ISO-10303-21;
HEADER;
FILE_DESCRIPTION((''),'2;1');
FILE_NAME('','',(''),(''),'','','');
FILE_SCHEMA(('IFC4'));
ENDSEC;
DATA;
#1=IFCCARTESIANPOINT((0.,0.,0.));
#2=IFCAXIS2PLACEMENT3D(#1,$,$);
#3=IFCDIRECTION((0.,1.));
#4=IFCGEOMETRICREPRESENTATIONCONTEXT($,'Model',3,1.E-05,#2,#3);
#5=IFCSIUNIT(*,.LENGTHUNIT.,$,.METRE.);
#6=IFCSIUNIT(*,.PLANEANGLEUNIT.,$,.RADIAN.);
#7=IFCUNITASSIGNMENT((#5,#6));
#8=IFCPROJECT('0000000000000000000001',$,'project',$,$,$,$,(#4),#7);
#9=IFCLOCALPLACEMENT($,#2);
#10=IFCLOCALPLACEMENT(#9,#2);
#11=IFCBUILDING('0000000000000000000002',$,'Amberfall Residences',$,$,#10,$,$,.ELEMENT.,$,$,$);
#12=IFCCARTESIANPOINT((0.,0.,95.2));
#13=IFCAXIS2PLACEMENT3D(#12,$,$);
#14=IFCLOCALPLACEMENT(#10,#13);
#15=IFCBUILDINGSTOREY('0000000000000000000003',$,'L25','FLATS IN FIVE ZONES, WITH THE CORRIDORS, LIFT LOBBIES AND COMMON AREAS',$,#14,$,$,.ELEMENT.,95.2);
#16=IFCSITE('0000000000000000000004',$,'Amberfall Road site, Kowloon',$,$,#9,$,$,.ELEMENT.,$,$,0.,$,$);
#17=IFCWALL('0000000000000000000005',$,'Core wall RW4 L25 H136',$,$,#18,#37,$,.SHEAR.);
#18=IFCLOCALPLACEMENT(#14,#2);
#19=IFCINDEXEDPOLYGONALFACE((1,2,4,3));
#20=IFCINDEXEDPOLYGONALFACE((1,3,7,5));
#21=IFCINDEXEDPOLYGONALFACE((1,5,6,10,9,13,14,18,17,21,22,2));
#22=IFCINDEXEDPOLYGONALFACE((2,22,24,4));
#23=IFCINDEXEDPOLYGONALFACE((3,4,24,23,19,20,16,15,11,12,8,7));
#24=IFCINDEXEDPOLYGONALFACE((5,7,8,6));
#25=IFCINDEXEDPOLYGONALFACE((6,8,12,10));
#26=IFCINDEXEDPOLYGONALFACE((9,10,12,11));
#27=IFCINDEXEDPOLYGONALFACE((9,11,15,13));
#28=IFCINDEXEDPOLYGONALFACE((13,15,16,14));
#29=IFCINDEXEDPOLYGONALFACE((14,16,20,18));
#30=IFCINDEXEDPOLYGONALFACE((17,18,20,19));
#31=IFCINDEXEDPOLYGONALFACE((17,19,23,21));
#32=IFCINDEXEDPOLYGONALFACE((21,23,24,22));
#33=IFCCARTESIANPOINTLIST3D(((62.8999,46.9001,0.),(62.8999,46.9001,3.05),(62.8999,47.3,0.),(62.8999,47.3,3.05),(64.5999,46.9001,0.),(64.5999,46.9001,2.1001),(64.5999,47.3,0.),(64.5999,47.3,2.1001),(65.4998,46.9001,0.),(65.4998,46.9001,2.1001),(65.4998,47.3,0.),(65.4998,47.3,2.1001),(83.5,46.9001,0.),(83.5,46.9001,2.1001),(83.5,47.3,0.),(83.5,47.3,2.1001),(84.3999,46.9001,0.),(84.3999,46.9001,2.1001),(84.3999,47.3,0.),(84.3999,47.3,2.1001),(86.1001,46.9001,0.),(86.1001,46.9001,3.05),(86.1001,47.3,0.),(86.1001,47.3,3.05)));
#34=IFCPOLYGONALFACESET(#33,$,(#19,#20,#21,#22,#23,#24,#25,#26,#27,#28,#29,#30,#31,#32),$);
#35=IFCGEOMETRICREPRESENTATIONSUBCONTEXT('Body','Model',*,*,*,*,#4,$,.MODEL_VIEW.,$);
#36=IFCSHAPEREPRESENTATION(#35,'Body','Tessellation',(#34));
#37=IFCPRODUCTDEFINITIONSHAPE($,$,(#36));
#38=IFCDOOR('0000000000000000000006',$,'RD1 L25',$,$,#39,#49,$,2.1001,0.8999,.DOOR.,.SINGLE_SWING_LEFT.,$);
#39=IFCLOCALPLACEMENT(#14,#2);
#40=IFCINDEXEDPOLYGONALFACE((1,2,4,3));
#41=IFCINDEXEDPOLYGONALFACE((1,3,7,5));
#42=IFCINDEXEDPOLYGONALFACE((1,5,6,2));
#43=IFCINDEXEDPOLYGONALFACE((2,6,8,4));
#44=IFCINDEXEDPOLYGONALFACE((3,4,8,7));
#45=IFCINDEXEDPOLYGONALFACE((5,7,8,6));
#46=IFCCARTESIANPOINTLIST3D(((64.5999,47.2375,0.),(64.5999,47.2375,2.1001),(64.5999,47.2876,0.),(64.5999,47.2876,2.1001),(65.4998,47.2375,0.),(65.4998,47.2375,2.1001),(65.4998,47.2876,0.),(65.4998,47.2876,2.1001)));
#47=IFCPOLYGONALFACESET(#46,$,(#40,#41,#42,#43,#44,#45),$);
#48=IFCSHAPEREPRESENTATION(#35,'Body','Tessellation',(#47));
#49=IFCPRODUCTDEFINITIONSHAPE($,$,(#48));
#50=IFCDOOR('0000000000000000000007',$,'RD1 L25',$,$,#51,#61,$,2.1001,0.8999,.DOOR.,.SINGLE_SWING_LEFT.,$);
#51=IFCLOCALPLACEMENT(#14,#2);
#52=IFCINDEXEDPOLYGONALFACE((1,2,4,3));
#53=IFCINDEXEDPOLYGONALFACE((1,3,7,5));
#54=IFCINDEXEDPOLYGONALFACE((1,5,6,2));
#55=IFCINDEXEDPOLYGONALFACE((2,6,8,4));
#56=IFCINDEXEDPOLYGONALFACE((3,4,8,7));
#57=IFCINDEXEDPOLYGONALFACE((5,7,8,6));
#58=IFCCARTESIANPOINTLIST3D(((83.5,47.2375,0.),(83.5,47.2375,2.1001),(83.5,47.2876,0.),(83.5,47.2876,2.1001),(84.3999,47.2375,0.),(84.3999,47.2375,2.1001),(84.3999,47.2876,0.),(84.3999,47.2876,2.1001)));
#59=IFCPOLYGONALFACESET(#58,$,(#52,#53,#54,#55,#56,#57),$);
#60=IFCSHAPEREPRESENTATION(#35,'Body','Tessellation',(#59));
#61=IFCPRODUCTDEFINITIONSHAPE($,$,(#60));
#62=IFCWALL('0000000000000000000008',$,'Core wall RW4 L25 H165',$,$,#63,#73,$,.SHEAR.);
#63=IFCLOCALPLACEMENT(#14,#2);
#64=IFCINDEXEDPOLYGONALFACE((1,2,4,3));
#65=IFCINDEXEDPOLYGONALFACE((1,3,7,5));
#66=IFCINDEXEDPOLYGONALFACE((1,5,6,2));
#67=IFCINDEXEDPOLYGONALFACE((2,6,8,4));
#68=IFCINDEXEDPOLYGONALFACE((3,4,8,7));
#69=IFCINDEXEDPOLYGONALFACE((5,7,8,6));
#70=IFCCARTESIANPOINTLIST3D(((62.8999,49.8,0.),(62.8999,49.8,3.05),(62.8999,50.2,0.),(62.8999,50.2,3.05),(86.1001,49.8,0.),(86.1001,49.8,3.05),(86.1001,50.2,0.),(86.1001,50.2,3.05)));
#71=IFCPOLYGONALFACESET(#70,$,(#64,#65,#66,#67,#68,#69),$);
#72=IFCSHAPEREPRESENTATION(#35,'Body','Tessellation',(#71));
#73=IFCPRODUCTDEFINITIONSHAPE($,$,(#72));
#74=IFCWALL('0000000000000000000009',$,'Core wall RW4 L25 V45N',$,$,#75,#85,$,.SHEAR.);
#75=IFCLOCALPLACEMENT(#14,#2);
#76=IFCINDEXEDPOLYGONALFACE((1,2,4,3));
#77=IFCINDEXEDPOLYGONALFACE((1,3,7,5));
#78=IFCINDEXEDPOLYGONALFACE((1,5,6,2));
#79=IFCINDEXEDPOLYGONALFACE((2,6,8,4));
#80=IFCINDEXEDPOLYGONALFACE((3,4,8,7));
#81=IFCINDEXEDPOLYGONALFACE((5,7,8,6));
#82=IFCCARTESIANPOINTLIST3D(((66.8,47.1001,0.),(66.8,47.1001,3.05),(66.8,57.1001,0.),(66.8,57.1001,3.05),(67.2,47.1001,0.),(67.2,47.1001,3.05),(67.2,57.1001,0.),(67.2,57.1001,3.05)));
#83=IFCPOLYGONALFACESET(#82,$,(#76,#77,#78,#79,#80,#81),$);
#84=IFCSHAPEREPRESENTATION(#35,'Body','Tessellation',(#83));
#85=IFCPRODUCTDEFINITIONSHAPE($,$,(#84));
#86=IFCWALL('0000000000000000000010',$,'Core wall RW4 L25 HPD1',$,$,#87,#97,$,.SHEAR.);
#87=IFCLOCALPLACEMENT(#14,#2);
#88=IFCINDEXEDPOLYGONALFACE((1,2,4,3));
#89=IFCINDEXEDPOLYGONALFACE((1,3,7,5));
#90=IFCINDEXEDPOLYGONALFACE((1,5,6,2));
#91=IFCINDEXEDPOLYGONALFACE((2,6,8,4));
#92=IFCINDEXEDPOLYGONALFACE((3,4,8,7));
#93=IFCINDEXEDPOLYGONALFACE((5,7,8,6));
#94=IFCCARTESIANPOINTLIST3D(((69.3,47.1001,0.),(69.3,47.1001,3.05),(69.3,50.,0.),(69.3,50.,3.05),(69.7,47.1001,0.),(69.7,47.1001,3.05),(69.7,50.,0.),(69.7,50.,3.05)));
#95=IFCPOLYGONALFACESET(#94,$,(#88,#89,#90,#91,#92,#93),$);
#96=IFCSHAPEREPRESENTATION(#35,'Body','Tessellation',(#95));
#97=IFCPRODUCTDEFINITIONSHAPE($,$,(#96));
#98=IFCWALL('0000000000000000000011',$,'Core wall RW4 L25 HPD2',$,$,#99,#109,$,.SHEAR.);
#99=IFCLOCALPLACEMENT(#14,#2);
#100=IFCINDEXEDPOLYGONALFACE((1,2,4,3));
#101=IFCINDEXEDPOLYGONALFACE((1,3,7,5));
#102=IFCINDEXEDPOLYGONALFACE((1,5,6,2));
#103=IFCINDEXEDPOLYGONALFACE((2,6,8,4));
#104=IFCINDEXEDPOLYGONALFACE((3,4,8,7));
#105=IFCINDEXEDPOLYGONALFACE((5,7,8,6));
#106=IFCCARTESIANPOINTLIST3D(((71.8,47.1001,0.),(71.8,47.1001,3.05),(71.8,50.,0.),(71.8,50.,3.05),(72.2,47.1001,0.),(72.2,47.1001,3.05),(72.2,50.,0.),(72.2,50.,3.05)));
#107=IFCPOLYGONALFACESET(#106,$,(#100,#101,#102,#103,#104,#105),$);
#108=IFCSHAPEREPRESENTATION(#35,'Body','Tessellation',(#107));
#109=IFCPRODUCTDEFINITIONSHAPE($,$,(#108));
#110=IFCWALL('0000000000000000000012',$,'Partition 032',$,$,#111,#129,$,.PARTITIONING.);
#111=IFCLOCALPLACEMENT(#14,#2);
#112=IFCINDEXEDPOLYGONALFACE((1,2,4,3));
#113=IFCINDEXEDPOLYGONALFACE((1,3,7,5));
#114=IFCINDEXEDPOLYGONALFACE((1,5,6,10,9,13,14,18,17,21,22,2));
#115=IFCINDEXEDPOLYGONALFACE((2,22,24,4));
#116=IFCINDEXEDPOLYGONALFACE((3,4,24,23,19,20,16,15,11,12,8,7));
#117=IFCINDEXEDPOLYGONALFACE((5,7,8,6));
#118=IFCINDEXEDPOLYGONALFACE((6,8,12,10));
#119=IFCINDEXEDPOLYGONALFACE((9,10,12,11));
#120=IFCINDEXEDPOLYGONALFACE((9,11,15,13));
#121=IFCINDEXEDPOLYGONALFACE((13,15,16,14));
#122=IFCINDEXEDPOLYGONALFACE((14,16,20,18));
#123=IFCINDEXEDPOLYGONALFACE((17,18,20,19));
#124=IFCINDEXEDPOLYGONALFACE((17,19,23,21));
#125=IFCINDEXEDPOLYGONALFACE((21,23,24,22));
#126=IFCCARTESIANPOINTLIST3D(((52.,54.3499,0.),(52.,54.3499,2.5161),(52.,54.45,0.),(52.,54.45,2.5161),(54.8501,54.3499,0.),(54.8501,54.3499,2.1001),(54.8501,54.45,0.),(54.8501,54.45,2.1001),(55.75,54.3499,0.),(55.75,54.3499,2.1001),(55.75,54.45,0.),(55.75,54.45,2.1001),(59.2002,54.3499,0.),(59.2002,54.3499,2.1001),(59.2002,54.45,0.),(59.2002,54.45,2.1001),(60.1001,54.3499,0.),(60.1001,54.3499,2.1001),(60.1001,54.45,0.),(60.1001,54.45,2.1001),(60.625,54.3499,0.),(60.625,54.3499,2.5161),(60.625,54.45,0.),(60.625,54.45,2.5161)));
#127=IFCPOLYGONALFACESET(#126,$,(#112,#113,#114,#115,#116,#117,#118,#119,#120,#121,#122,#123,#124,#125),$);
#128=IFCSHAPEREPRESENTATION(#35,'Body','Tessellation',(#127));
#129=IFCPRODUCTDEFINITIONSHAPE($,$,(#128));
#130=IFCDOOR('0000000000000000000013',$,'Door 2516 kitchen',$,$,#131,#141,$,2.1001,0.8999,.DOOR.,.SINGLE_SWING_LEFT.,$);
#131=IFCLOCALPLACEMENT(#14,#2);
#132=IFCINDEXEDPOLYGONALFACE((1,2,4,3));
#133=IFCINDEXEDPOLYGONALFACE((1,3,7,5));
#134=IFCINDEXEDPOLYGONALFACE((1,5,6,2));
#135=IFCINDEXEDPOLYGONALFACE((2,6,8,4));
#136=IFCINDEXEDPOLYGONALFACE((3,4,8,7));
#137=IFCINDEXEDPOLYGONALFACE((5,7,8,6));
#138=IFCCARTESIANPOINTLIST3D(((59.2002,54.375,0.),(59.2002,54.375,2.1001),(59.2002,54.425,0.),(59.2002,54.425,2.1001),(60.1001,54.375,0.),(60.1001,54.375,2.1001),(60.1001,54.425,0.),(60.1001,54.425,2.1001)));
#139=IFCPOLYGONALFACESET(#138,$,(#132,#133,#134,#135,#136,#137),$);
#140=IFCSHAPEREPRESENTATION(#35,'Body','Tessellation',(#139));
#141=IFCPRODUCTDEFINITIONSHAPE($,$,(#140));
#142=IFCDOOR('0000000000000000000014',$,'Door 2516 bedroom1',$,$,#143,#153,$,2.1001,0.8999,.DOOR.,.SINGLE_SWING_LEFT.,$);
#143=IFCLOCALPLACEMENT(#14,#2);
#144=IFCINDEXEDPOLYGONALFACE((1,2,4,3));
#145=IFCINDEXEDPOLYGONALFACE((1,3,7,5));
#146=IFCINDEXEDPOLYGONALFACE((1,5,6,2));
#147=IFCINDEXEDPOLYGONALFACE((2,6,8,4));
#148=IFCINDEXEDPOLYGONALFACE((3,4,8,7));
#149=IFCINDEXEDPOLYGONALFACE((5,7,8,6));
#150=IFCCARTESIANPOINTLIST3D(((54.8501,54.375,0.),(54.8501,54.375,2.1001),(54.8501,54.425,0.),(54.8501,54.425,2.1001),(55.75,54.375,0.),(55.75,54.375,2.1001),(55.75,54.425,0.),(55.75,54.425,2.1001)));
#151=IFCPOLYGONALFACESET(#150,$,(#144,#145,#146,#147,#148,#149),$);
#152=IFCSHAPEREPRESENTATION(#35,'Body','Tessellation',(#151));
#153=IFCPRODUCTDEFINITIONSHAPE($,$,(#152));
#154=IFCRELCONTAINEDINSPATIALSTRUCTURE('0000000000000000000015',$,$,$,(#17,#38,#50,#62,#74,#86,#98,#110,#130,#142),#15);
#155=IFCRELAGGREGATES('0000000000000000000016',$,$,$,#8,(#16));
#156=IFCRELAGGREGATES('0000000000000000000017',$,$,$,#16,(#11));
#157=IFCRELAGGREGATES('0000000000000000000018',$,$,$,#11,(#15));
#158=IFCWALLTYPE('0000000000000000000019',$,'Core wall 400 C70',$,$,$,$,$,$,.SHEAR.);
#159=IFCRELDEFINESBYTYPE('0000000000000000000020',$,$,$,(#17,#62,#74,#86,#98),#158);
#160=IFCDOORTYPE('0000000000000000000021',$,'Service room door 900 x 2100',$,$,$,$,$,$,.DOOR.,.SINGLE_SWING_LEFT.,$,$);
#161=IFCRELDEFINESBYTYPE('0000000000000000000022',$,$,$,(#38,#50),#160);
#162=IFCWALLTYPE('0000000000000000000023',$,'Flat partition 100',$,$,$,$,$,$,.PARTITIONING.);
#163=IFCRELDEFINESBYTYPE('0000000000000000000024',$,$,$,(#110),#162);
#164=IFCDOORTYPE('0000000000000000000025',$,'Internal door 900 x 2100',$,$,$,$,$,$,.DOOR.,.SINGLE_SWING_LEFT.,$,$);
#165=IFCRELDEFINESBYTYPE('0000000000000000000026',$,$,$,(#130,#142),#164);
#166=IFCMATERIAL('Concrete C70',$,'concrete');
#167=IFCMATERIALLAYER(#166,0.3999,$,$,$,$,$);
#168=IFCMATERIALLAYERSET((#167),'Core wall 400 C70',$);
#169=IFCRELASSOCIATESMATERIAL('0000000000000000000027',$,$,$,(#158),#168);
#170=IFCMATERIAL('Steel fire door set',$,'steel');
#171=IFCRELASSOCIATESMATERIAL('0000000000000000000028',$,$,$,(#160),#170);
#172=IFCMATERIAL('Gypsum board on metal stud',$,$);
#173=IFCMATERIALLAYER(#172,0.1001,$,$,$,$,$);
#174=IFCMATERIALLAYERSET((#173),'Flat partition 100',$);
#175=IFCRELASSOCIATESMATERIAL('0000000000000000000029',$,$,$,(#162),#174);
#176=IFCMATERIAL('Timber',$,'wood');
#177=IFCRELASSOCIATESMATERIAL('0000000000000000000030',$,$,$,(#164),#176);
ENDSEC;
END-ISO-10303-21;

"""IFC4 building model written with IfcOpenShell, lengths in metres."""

from ifc_helpers import new_model, si_unit, direction, frame, frame_2d, origin, place, context, subcontext, project, spatial, rectangle, extrude, material, layer, layer_set, type_object, element, fill, save


model = new_model("IFC4")

# Units and contexts
model_context = context("Model", 3, precision=1e-05, world=origin(), true_north=direction((0.0, 1.0)))
body_context = subcontext(model_context, "Body", "Model", "MODEL_VIEW")
ifc_project = project(units=[si_unit("LENGTHUNIT", "METRE"), si_unit("PLANEANGLEUNIT", "RADIAN")], contexts=[model_context])

# Site, building, storey
site_placement = place(None, origin())
site = spatial("IfcSite", under=ifc_project, at=site_placement, Name="Amberfall Road site, Kowloon", CompositionType="ELEMENT", RefElevation=0.0)
building_placement = place(site_placement, origin())
building = spatial("IfcBuilding", under=site, at=building_placement, Name="Amberfall Residences", CompositionType="ELEMENT")
storey_placement = place(building_placement, frame((0.0, 0.0, 95.2)))
storey = spatial("IfcBuildingStorey", under=building, at=storey_placement, Name="L25", Description="FLATS IN FIVE ZONES, WITH THE CORRIDORS, LIFT LOBBIES AND COMMON AREAS", CompositionType="ELEMENT", Elevation=95.2)

# Wall, openings, doors
ifc_material_1 = material(Name="Concrete C70", Category="concrete")
ifc_layer_1 = layer(ifc_material_1, 0.3999)
ifc_layer_set_1 = layer_set([ifc_layer_1], Name="Core wall 400 C70")
wall_type_1 = type_object("IfcWallType", Name="Core wall 400 C70", PredefinedType="SHEAR", material=ifc_layer_set_1)
wall_1_placement = place(storey_placement, frame((62.8999, 47.1001, 0.0), z_axis=(0.0, 0.0, 1.0), x_axis=(1.0, 0.0, 0.0)))
wall_1 = element("IfcWall", 1, at=wall_1_placement, inside=storey, type_object=wall_type_1, Name="Core wall RW4 L25 H136", PredefinedType="SHEAR", context=body_context, shape_type="SweptSolid", body=[
    extrude(rectangle(XDim=23.2002, YDim=0.3999, at=frame_2d((11.6001, 0.0))), origin(), (0.0, 0.0, 1.0), 3.05),
])
opening_1_placement = place(wall_1_placement, frame((1.7, 0.0, 0.0)))
opening_1 = element("IfcOpeningElement", 2, at=opening_1_placement, cuts=wall_1, PredefinedType="OPENING", context=body_context, shape_type="SweptSolid", body=[
    extrude(rectangle(XDim=0.8999, YDim=2.1001, at=frame_2d((0.45, 1.05))), frame((0.0, 0.21, 0.0), z_axis=(0.0, -1.0, 0.0), x_axis=(1.0, 0.0, 0.0)), (0.0, 0.0, 1.0), 0.4199),
])
opening_2_placement = place(wall_1_placement, frame((20.6001, 0.0, 0.0)))
opening_2 = element("IfcOpeningElement", 3, at=opening_2_placement, cuts=wall_1, PredefinedType="OPENING", context=body_context, shape_type="SweptSolid", body=[
    extrude(rectangle(XDim=0.8999, YDim=2.1001, at=frame_2d((0.45, 1.05))), frame((0.0, 0.21, 0.0), z_axis=(0.0, -1.0, 0.0), x_axis=(1.0, 0.0, 0.0)), (0.0, 0.0, 1.0), 0.4199),
])
ifc_material_2 = material(Name="Steel fire door set", Category="steel")
door_type_1 = type_object("IfcDoorType", Name="Service room door 900 x 2100", OperationType="SINGLE_SWING_LEFT", PredefinedType="DOOR", material=ifc_material_2)
door_1_placement = place(opening_1_placement, origin())
door_1 = element("IfcDoor", 4, at=door_1_placement, inside=storey, type_object=door_type_1, Name="RD1 L25", OperationType="SINGLE_SWING_LEFT", OverallHeight=2.1001, OverallWidth=0.8999, PredefinedType="DOOR", context=body_context, shape_type="SweptSolid", body=[
    extrude(rectangle(XDim=0.8999, YDim=2.1001, at=frame_2d((0.45, 1.05))), frame((0.0, 0.1875, 0.0), z_axis=(0.0, -1.0, 0.0), x_axis=(1.0, 0.0, 0.0)), (0.0, 0.0, 1.0), 0.05),
])
fill(opening_1, door_1)
door_2_placement = place(opening_2_placement, origin())
door_2 = element("IfcDoor", 5, at=door_2_placement, inside=storey, type_object=door_type_1, Name="RD1 L25", OperationType="SINGLE_SWING_LEFT", OverallHeight=2.1001, OverallWidth=0.8999, PredefinedType="DOOR", context=body_context, shape_type="SweptSolid", body=[
    extrude(rectangle(XDim=0.8999, YDim=2.1001, at=frame_2d((0.45, 1.05))), frame((0.0, 0.1875, 0.0), z_axis=(0.0, -1.0, 0.0), x_axis=(1.0, 0.0, 0.0)), (0.0, 0.0, 1.0), 0.05),
])
fill(opening_2, door_2)

# Walls
wall_2_placement = place(storey_placement, frame((62.8999, 50.0, 0.0), z_axis=(0.0, 0.0, 1.0), x_axis=(1.0, 0.0, 0.0)))
element("IfcWall", 6, at=wall_2_placement, inside=storey, type_object=wall_type_1, Name="Core wall RW4 L25 H165", PredefinedType="SHEAR", context=body_context, shape_type="SweptSolid", body=[
    extrude(rectangle(XDim=23.2002, YDim=0.3999, at=frame_2d((11.6001, 0.0))), origin(), (0.0, 0.0, 1.0), 3.05),
])
wall_3_placement = place(storey_placement, frame((67.0, 47.1001, 0.0), z_axis=(0.0, 0.0, 1.0), x_axis=(0.0, 1.0, 0.0)))
element("IfcWall", 7, at=wall_3_placement, inside=storey, type_object=wall_type_1, Name="Core wall RW4 L25 V45N", PredefinedType="SHEAR", context=body_context, shape_type="SweptSolid", body=[
    extrude(rectangle(XDim=10.0, YDim=0.3999, at=frame_2d((5.0, 0.0))), origin(), (0.0, 0.0, 1.0), 3.05),
])
for number, where, z_axis, x_axis, name in (
    (8, (69.5, 47.1001, 0.0), (0.0, 0.0, 1.0), (0.0, 1.0, 0.0), "Core wall RW4 L25 HPD1"),
    (9, (72.0, 47.1001, 0.0), (0.0, 0.0, 1.0), (0.0, 1.0, 0.0), "Core wall RW4 L25 HPD2"),
):
    element("IfcWall", number, at=place(storey_placement, frame(where, z_axis=z_axis, x_axis=x_axis)), inside=storey, type_object=wall_type_1, Name=name, PredefinedType="SHEAR", context=body_context, shape_type="SweptSolid", body=[
        extrude(rectangle(XDim=2.8999, YDim=0.3999, at=frame_2d((1.45, 0.0))), origin(), (0.0, 0.0, 1.0), 3.05),
    ])

# Wall, openings, doors
ifc_material_3 = material(Name="Gypsum board on metal stud")
ifc_layer_2 = layer(ifc_material_3, 0.1001)
ifc_layer_set_2 = layer_set([ifc_layer_2], Name="Flat partition 100")
wall_type_2 = type_object("IfcWallType", Name="Flat partition 100", PredefinedType="PARTITIONING", material=ifc_layer_set_2)
wall_4_placement = place(storey_placement, frame((60.625, 54.3999, 0.0), z_axis=(0.0, 0.0, 1.0), x_axis=(-1.0, 0.0, 0.0)))
wall_4 = element("IfcWall", 10, at=wall_4_placement, inside=storey, type_object=wall_type_2, Name="Partition 032", PredefinedType="PARTITIONING", context=body_context, shape_type="SweptSolid", body=[
    extrude(rectangle(XDim=8.625, YDim=0.1001, at=frame_2d((4.3125, 0.0))), origin(), (0.0, 0.0, 1.0), 2.5161),
])
opening_3_placement = place(wall_4_placement, frame((0.5249, 0.0, 0.0)))
opening_3 = element("IfcOpeningElement", 11, at=opening_3_placement, cuts=wall_4, PredefinedType="OPENING", context=body_context, shape_type="SweptSolid", body=[
    extrude(rectangle(XDim=0.8999, YDim=2.1001, at=frame_2d((0.45, 1.05))), frame((0.0, 0.0601, 0.0), z_axis=(0.0, -1.0, 0.0), x_axis=(1.0, 0.0, 0.0)), (0.0, 0.0, 1.0), 0.1201),
])
opening_4_placement = place(wall_4_placement, frame((4.875, 0.0, 0.0)))
opening_4 = element("IfcOpeningElement", 12, at=opening_4_placement, cuts=wall_4, PredefinedType="OPENING", context=body_context, shape_type="SweptSolid", body=[
    extrude(rectangle(XDim=0.8999, YDim=2.1001, at=frame_2d((0.45, 1.05))), frame((0.0, 0.0601, 0.0), z_axis=(0.0, -1.0, 0.0), x_axis=(1.0, 0.0, 0.0)), (0.0, 0.0, 1.0), 0.1201),
])
ifc_material_4 = material(Name="Timber", Category="wood")
door_type_2 = type_object("IfcDoorType", Name="Internal door 900 x 2100", OperationType="SINGLE_SWING_LEFT", PredefinedType="DOOR", material=ifc_material_4)
door_3_placement = place(opening_3_placement, origin())
door_3 = element("IfcDoor", 13, at=door_3_placement, inside=storey, type_object=door_type_2, Name="Door 2516 kitchen", OperationType="SINGLE_SWING_LEFT", OverallHeight=2.1001, OverallWidth=0.8999, PredefinedType="DOOR", context=body_context, shape_type="SweptSolid", body=[
    extrude(rectangle(XDim=0.8999, YDim=2.1001, at=frame_2d((0.45, 1.05))), frame((0.0, 0.0249, 0.0), z_axis=(0.0, -1.0, 0.0), x_axis=(1.0, 0.0, 0.0)), (0.0, 0.0, 1.0), 0.05),
])
fill(opening_3, door_3)
door_4_placement = place(opening_4_placement, origin())
door_4 = element("IfcDoor", 14, at=door_4_placement, inside=storey, type_object=door_type_2, Name="Door 2516 bedroom1", OperationType="SINGLE_SWING_LEFT", OverallHeight=2.1001, OverallWidth=0.8999, PredefinedType="DOOR", context=body_context, shape_type="SweptSolid", body=[
    extrude(rectangle(XDim=0.8999, YDim=2.1001, at=frame_2d((0.45, 1.05))), frame((0.0, 0.0249, 0.0), z_axis=(0.0, -1.0, 0.0), x_axis=(1.0, 0.0, 0.0)), (0.0, 0.0, 1.0), 0.05),
])
fill(opening_4, door_4)

save(model, "model.ifc")
